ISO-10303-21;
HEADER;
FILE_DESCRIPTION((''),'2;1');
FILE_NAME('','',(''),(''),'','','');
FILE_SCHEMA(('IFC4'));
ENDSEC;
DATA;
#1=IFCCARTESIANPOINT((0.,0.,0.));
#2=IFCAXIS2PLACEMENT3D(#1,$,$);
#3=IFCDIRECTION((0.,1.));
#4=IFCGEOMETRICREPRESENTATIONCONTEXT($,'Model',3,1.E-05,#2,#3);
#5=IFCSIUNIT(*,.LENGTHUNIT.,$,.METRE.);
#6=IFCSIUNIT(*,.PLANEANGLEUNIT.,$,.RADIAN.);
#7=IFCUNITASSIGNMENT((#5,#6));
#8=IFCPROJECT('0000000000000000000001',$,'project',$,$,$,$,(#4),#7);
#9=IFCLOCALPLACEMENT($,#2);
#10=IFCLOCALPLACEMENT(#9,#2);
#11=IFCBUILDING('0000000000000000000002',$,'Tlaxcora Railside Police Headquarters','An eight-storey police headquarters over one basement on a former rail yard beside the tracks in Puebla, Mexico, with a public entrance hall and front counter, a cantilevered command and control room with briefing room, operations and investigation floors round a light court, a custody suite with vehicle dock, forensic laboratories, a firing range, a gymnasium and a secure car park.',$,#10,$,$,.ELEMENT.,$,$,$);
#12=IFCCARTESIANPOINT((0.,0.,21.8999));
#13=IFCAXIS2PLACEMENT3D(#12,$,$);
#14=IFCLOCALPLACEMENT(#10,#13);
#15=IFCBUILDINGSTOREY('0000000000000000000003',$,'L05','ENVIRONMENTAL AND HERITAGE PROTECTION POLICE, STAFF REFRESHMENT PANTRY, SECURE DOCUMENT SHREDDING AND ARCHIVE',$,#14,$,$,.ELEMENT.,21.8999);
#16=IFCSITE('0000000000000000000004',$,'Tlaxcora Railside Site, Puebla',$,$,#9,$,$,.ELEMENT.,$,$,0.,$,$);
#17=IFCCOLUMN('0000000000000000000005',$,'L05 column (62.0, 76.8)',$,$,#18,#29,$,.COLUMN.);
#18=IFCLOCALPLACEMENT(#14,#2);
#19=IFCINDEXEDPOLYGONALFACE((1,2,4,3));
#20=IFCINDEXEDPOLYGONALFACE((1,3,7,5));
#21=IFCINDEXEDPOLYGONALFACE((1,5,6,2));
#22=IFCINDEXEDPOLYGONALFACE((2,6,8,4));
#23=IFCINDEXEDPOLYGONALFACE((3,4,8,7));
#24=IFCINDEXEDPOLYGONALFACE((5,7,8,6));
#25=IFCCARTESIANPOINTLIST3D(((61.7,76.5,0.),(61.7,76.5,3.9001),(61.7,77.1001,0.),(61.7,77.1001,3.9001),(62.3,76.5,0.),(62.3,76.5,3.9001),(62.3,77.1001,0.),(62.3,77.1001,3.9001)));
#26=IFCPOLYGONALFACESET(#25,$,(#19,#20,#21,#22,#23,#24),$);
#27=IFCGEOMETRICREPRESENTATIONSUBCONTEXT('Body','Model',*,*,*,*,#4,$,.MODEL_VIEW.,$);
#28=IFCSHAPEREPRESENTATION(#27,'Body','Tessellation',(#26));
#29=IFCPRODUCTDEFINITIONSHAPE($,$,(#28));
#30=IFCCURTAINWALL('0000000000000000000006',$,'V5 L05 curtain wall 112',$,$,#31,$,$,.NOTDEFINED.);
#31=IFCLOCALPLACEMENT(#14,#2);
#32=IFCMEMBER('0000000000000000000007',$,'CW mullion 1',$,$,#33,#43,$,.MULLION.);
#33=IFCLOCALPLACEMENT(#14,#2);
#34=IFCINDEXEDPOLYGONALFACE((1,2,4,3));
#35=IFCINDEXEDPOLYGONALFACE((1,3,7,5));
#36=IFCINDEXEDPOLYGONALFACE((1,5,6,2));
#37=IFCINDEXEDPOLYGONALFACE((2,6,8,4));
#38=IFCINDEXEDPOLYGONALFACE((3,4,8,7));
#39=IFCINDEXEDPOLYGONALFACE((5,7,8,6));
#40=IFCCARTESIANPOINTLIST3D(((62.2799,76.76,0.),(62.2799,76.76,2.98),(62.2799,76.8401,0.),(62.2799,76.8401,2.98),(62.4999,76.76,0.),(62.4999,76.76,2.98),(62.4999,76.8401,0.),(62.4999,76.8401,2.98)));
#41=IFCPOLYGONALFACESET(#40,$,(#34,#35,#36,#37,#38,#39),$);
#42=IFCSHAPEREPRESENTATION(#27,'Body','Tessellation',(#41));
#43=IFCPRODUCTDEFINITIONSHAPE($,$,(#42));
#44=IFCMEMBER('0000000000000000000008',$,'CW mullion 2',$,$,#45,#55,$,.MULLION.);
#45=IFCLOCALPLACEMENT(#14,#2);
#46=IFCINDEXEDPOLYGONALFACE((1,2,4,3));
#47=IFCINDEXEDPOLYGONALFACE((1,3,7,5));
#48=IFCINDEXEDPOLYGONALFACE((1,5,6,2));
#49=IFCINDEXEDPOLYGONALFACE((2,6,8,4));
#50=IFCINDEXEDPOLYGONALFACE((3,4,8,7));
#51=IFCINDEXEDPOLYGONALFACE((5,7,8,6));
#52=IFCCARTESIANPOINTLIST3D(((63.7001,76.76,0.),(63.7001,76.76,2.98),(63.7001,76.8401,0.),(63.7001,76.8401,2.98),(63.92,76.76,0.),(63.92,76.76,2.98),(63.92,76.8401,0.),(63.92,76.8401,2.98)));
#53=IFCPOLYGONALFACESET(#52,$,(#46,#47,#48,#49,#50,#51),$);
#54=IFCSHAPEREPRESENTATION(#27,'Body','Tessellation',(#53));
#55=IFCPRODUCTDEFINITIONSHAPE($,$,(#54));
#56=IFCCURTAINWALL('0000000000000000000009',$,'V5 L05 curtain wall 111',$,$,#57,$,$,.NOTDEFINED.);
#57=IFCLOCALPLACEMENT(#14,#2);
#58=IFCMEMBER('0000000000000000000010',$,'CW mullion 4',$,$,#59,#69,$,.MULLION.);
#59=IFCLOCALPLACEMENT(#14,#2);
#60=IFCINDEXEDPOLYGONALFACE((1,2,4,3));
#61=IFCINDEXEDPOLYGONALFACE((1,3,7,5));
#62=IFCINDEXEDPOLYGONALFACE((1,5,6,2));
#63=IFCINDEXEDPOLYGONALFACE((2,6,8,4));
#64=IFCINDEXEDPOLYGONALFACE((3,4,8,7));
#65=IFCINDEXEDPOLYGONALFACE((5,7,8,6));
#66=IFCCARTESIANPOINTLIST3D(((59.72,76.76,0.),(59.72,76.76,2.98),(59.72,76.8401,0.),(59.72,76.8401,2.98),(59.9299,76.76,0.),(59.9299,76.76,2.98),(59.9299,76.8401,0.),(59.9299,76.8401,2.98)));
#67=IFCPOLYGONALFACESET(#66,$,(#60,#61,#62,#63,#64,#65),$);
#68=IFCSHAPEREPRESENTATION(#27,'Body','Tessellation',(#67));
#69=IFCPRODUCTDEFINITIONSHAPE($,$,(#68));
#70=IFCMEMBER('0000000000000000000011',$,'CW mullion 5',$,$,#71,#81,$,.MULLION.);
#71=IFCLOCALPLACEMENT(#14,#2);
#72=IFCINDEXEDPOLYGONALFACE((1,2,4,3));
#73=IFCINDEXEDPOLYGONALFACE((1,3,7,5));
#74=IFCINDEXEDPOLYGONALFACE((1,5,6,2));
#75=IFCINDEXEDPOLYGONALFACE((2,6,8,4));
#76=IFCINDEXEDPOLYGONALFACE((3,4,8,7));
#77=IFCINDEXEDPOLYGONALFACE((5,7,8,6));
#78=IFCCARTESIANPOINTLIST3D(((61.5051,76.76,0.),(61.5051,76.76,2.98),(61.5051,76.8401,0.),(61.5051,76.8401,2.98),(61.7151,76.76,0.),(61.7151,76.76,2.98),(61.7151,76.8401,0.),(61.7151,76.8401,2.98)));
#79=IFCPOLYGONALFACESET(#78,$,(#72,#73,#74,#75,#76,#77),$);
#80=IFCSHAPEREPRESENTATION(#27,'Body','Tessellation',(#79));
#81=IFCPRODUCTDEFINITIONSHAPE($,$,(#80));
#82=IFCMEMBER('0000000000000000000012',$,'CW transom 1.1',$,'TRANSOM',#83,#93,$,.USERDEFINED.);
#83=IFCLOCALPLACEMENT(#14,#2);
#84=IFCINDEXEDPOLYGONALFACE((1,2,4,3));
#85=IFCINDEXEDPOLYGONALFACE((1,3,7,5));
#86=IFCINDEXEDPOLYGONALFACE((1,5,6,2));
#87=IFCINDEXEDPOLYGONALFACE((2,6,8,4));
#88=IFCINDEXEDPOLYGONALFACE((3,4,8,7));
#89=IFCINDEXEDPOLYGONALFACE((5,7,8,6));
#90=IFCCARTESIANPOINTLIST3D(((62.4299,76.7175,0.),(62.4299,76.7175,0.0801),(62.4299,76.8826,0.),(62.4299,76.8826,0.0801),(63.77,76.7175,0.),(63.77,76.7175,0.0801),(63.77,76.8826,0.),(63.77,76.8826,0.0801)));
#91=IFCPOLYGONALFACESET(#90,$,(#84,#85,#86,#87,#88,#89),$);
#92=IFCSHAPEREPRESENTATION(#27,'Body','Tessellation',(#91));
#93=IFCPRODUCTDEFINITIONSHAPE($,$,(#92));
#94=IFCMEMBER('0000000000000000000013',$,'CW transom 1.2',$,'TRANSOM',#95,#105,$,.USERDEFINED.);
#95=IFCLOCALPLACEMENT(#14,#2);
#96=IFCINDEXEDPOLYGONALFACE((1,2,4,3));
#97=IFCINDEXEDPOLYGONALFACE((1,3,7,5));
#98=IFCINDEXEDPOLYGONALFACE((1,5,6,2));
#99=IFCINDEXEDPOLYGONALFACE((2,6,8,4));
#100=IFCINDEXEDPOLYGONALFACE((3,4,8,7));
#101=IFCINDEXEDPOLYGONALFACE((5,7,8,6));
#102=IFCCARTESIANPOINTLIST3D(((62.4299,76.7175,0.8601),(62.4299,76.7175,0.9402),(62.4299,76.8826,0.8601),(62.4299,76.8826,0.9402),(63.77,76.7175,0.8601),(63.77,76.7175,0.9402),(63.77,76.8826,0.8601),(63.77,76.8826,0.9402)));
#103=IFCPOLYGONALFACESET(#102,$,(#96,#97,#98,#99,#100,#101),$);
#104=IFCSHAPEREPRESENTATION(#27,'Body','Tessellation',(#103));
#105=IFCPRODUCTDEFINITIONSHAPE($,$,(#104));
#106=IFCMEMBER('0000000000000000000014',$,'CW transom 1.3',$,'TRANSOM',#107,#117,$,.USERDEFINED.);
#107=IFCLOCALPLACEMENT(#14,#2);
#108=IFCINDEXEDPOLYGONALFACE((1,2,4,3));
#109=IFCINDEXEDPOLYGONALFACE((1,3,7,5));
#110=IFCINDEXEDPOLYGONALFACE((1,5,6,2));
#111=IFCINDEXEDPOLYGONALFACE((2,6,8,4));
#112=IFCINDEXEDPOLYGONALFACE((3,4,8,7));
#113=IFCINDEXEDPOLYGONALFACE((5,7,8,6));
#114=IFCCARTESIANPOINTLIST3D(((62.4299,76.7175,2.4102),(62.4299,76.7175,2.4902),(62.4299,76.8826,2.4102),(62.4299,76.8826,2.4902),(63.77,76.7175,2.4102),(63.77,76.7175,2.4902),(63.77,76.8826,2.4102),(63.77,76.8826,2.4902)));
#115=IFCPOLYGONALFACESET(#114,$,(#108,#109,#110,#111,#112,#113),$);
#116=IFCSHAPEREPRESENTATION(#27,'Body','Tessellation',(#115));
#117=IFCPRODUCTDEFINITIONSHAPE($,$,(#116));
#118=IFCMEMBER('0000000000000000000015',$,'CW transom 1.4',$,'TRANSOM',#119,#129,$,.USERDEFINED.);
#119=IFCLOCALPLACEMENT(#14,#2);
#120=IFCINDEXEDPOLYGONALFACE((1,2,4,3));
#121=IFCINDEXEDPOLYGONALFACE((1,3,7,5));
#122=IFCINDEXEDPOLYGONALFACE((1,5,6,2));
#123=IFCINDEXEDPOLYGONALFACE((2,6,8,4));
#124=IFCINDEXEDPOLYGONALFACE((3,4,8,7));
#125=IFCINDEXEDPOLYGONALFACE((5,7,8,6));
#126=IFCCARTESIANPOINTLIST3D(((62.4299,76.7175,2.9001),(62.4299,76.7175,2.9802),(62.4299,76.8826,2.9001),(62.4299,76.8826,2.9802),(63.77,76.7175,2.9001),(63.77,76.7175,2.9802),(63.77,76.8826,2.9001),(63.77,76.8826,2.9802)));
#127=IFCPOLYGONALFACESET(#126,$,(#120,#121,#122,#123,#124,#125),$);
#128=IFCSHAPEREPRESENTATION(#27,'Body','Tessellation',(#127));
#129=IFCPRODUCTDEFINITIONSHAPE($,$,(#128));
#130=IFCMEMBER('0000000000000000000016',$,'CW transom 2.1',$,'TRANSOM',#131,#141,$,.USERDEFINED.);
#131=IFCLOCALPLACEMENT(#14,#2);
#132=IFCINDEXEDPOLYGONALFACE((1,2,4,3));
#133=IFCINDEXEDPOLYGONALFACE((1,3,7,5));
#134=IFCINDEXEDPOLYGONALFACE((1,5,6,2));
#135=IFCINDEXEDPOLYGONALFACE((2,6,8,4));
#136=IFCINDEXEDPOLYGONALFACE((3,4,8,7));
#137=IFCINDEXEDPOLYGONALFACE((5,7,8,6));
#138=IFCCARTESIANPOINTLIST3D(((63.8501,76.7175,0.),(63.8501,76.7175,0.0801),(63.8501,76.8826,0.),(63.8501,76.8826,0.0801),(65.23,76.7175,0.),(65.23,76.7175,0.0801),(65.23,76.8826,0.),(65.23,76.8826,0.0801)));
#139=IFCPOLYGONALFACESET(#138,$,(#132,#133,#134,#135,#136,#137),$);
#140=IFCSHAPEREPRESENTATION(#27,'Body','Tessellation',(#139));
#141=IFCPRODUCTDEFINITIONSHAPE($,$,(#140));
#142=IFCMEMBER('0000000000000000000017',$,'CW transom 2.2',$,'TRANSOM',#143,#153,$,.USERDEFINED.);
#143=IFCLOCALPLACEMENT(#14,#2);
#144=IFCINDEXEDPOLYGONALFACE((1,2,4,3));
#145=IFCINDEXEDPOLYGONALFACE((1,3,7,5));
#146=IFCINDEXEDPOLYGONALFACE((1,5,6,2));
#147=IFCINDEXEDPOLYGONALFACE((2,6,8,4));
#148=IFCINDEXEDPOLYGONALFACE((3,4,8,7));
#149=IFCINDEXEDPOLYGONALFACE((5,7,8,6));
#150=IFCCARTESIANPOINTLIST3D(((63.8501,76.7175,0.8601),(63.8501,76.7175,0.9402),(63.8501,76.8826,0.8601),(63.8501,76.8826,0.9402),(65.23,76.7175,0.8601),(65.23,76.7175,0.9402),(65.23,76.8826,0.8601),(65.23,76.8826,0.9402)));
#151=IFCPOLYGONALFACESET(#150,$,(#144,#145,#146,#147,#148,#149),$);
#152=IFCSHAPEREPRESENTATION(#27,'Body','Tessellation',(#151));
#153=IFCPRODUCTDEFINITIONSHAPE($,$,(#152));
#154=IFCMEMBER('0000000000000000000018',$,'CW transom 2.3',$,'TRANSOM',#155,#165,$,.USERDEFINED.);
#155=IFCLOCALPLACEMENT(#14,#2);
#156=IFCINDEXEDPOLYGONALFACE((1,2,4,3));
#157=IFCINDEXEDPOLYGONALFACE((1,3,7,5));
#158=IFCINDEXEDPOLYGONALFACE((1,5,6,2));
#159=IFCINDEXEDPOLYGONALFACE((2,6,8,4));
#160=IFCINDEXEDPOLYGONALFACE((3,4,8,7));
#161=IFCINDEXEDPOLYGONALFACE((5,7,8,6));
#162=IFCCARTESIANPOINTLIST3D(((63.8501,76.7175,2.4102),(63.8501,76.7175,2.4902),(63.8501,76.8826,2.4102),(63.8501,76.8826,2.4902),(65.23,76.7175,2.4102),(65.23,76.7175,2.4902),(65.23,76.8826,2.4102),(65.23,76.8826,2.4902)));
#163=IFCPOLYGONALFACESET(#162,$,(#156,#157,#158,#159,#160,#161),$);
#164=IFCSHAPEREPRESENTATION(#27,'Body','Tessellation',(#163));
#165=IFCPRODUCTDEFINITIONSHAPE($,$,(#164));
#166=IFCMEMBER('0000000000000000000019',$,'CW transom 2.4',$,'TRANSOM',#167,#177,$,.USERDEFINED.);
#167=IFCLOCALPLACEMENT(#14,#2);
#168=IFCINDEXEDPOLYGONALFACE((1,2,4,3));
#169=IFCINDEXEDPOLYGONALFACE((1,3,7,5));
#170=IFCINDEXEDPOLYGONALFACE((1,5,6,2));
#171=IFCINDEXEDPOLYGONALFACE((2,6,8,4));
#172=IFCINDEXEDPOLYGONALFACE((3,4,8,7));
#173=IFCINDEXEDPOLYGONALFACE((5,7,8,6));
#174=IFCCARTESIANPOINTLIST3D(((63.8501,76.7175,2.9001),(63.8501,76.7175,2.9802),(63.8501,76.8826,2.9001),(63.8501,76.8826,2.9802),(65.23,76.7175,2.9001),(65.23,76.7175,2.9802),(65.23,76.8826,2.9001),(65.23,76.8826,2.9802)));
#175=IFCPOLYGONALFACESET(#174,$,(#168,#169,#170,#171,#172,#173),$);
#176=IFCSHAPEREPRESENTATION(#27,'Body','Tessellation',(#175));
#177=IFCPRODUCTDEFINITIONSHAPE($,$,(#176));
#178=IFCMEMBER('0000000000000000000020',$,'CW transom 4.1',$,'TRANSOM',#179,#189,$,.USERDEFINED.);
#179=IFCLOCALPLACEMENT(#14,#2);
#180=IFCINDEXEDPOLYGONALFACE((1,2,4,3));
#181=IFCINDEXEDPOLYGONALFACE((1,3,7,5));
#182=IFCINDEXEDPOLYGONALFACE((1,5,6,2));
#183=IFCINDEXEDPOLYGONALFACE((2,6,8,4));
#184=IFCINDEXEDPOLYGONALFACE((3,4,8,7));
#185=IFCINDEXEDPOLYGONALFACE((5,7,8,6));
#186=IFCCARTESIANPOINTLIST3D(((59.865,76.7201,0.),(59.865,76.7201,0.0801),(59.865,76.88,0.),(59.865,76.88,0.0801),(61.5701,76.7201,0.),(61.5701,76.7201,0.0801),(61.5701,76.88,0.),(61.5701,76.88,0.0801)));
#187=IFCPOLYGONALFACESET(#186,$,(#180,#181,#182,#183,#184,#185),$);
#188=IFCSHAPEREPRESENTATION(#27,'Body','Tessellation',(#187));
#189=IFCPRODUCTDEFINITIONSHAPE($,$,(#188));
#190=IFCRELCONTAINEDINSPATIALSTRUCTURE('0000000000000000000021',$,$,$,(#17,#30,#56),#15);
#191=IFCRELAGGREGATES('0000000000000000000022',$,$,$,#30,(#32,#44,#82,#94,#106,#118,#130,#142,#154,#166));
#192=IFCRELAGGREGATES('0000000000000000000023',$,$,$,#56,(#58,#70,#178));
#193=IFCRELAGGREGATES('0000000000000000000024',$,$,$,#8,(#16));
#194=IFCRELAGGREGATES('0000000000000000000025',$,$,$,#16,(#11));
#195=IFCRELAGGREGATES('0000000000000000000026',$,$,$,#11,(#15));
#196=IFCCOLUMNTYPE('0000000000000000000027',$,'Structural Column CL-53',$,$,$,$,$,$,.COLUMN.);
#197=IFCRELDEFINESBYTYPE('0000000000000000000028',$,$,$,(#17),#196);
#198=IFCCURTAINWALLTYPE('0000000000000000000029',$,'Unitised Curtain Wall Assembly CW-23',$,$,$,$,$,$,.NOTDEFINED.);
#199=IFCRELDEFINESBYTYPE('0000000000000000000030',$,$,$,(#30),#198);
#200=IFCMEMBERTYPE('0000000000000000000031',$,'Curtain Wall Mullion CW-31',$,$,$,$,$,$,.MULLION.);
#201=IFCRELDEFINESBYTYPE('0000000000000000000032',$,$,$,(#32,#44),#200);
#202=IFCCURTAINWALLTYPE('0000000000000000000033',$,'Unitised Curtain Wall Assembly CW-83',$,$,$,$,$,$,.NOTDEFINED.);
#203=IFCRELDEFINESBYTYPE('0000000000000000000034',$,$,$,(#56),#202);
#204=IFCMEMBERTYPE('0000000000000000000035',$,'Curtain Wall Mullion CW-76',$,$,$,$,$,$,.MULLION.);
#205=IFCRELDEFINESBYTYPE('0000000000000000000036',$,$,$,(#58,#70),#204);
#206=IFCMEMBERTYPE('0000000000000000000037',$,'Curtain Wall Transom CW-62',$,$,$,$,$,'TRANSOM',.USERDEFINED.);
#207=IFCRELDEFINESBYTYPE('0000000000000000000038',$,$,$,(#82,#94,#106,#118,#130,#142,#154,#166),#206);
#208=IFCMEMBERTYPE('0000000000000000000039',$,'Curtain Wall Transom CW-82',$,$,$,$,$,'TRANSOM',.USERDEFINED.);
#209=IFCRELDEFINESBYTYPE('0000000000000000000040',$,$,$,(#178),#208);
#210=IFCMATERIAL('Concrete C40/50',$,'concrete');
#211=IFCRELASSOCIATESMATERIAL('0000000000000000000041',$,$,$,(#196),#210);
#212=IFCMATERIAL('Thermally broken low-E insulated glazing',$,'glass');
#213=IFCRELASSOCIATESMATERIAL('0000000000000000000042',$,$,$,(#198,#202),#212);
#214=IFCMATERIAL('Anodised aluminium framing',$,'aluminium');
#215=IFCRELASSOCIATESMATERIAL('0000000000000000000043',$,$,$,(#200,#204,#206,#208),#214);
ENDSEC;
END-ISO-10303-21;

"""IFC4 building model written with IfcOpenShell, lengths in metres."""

from ifc_helpers import new_model, si_unit, direction, frame, origin, origin_2d, place, context, subcontext, project, spatial, rectangle, extrude, material, material_profile, profile_set, type_object, element, aggregate, save


model = new_model("IFC4")

# Units and contexts
model_context = context("Model", 3, precision=1e-05, world=origin(), true_north=direction((0.0, 1.0)))
body_context = subcontext(model_context, "Body", "Model", "MODEL_VIEW")
ifc_project = project(units=[si_unit("LENGTHUNIT", "METRE"), si_unit("PLANEANGLEUNIT", "RADIAN")], contexts=[model_context])

# Site, building, storey
site_placement = place(None, origin())
site = spatial("IfcSite", under=ifc_project, at=site_placement, Name="Tlaxcora Railside Site, Puebla", CompositionType="ELEMENT", RefElevation=0.0)
building_placement = place(site_placement, origin())
building = spatial("IfcBuilding", under=site, at=building_placement, Name="Tlaxcora Railside Police Headquarters", Description="An eight-storey police headquarters over one basement on a former rail yard beside the tracks in Puebla, Mexico, with a public entrance hall and front counter, a cantilevered command and control room with briefing room, operations and investigation floors round a light court, a custody suite with vehicle dock, forensic laboratories, a firing range, a gymnasium and a secure car park.", CompositionType="ELEMENT")
storey_placement = place(building_placement, frame((0.0, 0.0, 21.8999)))
storey = spatial("IfcBuildingStorey", under=building, at=storey_placement, Name="L05", Description="ENVIRONMENTAL AND HERITAGE PROTECTION POLICE, STAFF REFRESHMENT PANTRY, SECURE DOCUMENT SHREDDING AND ARCHIVE", CompositionType="ELEMENT", Elevation=21.8999)

# Column
ifc_material_1 = material(Name="Concrete C40/50", Category="concrete")
ifc_material_profile_1 = material_profile(ifc_material_1, rectangle(XDim=0.6001, YDim=0.6001, at=origin_2d()), Name="RC600X600")
ifc_profile_set_1 = profile_set([ifc_material_profile_1], Name="Concrete C40/50")
column_type = type_object("IfcColumnType", Name="Structural Column CL-53", PredefinedType="COLUMN", material=ifc_profile_set_1)
column_placement = place(storey_placement, frame((62.0, 76.8, 0.0), z_axis=(0.0, 0.0, 1.0), x_axis=(1.0, 0.0, 0.0)))
element("IfcColumn", 1, at=column_placement, inside=storey, type_object=column_type, Name="L05 column (62.0, 76.8)", PredefinedType="COLUMN", context=body_context, shape_type="SweptSolid", body=[
    extrude(rectangle(XDim=0.6001, YDim=0.6001, at=origin_2d()), origin(), (0.0, 0.0, 1.0), 3.9001),
])

# Curtain walls, members
ifc_material_2 = material(Name="Thermally broken low-E insulated glazing", Category="glass")
curtain_wall_type_1 = type_object("IfcCurtainWallType", Name="Unitised Curtain Wall Assembly CW-23", PredefinedType="NOTDEFINED", material=ifc_material_2)
curtain_wall_1_placement = place(storey_placement, origin())
curtain_wall_1 = element("IfcCurtainWall", 2, at=curtain_wall_1_placement, inside=storey, type_object=curtain_wall_type_1, Name="V5 L05 curtain wall 112", PredefinedType="NOTDEFINED")
ifc_material_3 = material(Name="Anodised aluminium framing", Category="aluminium")
ifc_material_profile_2 = material_profile(ifc_material_3, rectangle(XDim=0.0801, YDim=0.22, at=origin_2d()), Name="AL80X220")
ifc_profile_set_2 = profile_set([ifc_material_profile_2], Name="Anodised aluminium framing")
member_type_1 = type_object("IfcMemberType", Name="Curtain Wall Mullion CW-31", PredefinedType="MULLION", material=ifc_profile_set_2)
member_1_placement = place(storey_placement, frame((62.3899, 76.8, 0.0), z_axis=(0.0, 0.0, 1.0), x_axis=(0.0, 1.0, 0.0)))
member_1 = element("IfcMember", 3, at=member_1_placement, type_object=member_type_1, Name="CW mullion 1", PredefinedType="MULLION", context=body_context, shape_type="SweptSolid", body=[
    extrude(rectangle(XDim=0.0801, YDim=0.22, at=origin_2d()), origin(), (0.0, 0.0, 1.0), 2.98),
])
member_2_placement = place(storey_placement, frame((63.8101, 76.8, 0.0), z_axis=(0.0, 0.0, 1.0), x_axis=(0.0, 1.0, 0.0)))
member_2 = element("IfcMember", 4, at=member_2_placement, type_object=member_type_1, Name="CW mullion 2", PredefinedType="MULLION", context=body_context, shape_type="SweptSolid", body=[
    extrude(rectangle(XDim=0.0801, YDim=0.22, at=origin_2d()), origin(), (0.0, 0.0, 1.0), 2.98),
])
curtain_wall_type_2 = type_object("IfcCurtainWallType", Name="Unitised Curtain Wall Assembly CW-83", PredefinedType="NOTDEFINED", material=ifc_material_2)
curtain_wall_2_placement = place(storey_placement, origin())
curtain_wall_2 = element("IfcCurtainWall", 5, at=curtain_wall_2_placement, inside=storey, type_object=curtain_wall_type_2, Name="V5 L05 curtain wall 111", PredefinedType="NOTDEFINED")
ifc_material_profile_3 = material_profile(ifc_material_3, rectangle(XDim=0.0801, YDim=0.21, at=origin_2d()), Name="AL80X210")
ifc_profile_set_3 = profile_set([ifc_material_profile_3], Name="Anodised aluminium framing")
member_type_2 = type_object("IfcMemberType", Name="Curtain Wall Mullion CW-76", PredefinedType="MULLION", material=ifc_profile_set_3)
member_3_placement = place(storey_placement, frame((59.825, 76.8, 0.0), z_axis=(0.0, 0.0, 1.0), x_axis=(0.0, 1.0, 0.0)))
member_3 = element("IfcMember", 6, at=member_3_placement, type_object=member_type_2, Name="CW mullion 4", PredefinedType="MULLION", context=body_context, shape_type="SweptSolid", body=[
    extrude(rectangle(XDim=0.0801, YDim=0.21, at=origin_2d()), origin(), (0.0, 0.0, 1.0), 2.98),
])
member_4_placement = place(storey_placement, frame((61.6101, 76.8, 0.0), z_axis=(0.0, 0.0, 1.0), x_axis=(0.0, 1.0, 0.0)))
member_4 = element("IfcMember", 7, at=member_4_placement, type_object=member_type_2, Name="CW mullion 5", PredefinedType="MULLION", context=body_context, shape_type="SweptSolid", body=[
    extrude(rectangle(XDim=0.0801, YDim=0.21, at=origin_2d()), origin(), (0.0, 0.0, 1.0), 2.98),
])

# Members
ifc_material_profile_4 = material_profile(ifc_material_3, rectangle(XDim=0.165, YDim=0.0801, at=origin_2d()), Name="AL80X165")
ifc_profile_set_4 = profile_set([ifc_material_profile_4], Name="Anodised aluminium framing")
member_type_3 = type_object("IfcMemberType", Name="Curtain Wall Transom CW-62", ElementType="TRANSOM", PredefinedType="USERDEFINED", material=ifc_profile_set_4)
member_5_placement = place(storey_placement, frame((62.4299, 76.8, 0.04), z_axis=(1.0, 0.0, 0.0), x_axis=(0.0, 1.0, 0.0)))
member_5 = element("IfcMember", 8, at=member_5_placement, type_object=member_type_3, Name="CW transom 1.1", ObjectType="TRANSOM", PredefinedType="USERDEFINED", context=body_context, shape_type="SweptSolid", body=[
    extrude(rectangle(XDim=0.165, YDim=0.0801, at=origin_2d()), origin(), (0.0, 0.0, 1.0), 1.3401),
])
member_6_placement = place(storey_placement, frame((62.4299, 76.8, 0.9001), z_axis=(1.0, 0.0, 0.0), x_axis=(0.0, 1.0, 0.0)))
member_6 = element("IfcMember", 9, at=member_6_placement, type_object=member_type_3, Name="CW transom 1.2", ObjectType="TRANSOM", PredefinedType="USERDEFINED", context=body_context, shape_type="SweptSolid", body=[
    extrude(rectangle(XDim=0.165, YDim=0.0801, at=origin_2d()), origin(), (0.0, 0.0, 1.0), 1.3401),
])
member_7_placement = place(storey_placement, frame((62.4299, 76.8, 2.4502), z_axis=(1.0, 0.0, 0.0), x_axis=(0.0, 1.0, 0.0)))
member_7 = element("IfcMember", 10, at=member_7_placement, type_object=member_type_3, Name="CW transom 1.3", ObjectType="TRANSOM", PredefinedType="USERDEFINED", context=body_context, shape_type="SweptSolid", body=[
    extrude(rectangle(XDim=0.165, YDim=0.0801, at=origin_2d()), origin(), (0.0, 0.0, 1.0), 1.3401),
])
member_8_placement = place(storey_placement, frame((62.4299, 76.8, 2.9402), z_axis=(1.0, 0.0, 0.0), x_axis=(0.0, 1.0, 0.0)))
member_8 = element("IfcMember", 11, at=member_8_placement, type_object=member_type_3, Name="CW transom 1.4", ObjectType="TRANSOM", PredefinedType="USERDEFINED", context=body_context, shape_type="SweptSolid", body=[
    extrude(rectangle(XDim=0.165, YDim=0.0801, at=origin_2d()), origin(), (0.0, 0.0, 1.0), 1.3401),
])
member_9_placement = place(storey_placement, frame((63.8501, 76.8, 0.04), z_axis=(1.0, 0.0, 0.0), x_axis=(0.0, 1.0, 0.0)))
member_9 = element("IfcMember", 12, at=member_9_placement, type_object=member_type_3, Name="CW transom 2.1", ObjectType="TRANSOM", PredefinedType="USERDEFINED", context=body_context, shape_type="SweptSolid", body=[
    extrude(rectangle(XDim=0.165, YDim=0.0801, at=origin_2d()), origin(), (0.0, 0.0, 1.0), 1.3799),
])
member_10_placement = place(storey_placement, frame((63.8501, 76.8, 0.9001), z_axis=(1.0, 0.0, 0.0), x_axis=(0.0, 1.0, 0.0)))
member_10 = element("IfcMember", 13, at=member_10_placement, type_object=member_type_3, Name="CW transom 2.2", ObjectType="TRANSOM", PredefinedType="USERDEFINED", context=body_context, shape_type="SweptSolid", body=[
    extrude(rectangle(XDim=0.165, YDim=0.0801, at=origin_2d()), origin(), (0.0, 0.0, 1.0), 1.3799),
])
member_11_placement = place(storey_placement, frame((63.8501, 76.8, 2.4502), z_axis=(1.0, 0.0, 0.0), x_axis=(0.0, 1.0, 0.0)))
member_11 = element("IfcMember", 14, at=member_11_placement, type_object=member_type_3, Name="CW transom 2.3", ObjectType="TRANSOM", PredefinedType="USERDEFINED", context=body_context, shape_type="SweptSolid", body=[
    extrude(rectangle(XDim=0.165, YDim=0.0801, at=origin_2d()), origin(), (0.0, 0.0, 1.0), 1.3799),
])
member_12_placement = place(storey_placement, frame((63.8501, 76.8, 2.9402), z_axis=(1.0, 0.0, 0.0), x_axis=(0.0, 1.0, 0.0)))
member_12 = element("IfcMember", 15, at=member_12_placement, type_object=member_type_3, Name="CW transom 2.4", ObjectType="TRANSOM", PredefinedType="USERDEFINED", context=body_context, shape_type="SweptSolid", body=[
    extrude(rectangle(XDim=0.165, YDim=0.0801, at=origin_2d()), origin(), (0.0, 0.0, 1.0), 1.3799),
])
ifc_material_profile_5 = material_profile(ifc_material_3, rectangle(XDim=0.1599, YDim=0.0801, at=origin_2d()), Name="AL80X160")
ifc_profile_set_5 = profile_set([ifc_material_profile_5], Name="Anodised aluminium framing")
member_type_4 = type_object("IfcMemberType", Name="Curtain Wall Transom CW-82", ElementType="TRANSOM", PredefinedType="USERDEFINED", material=ifc_profile_set_5)
member_13_placement = place(storey_placement, frame((59.865, 76.8, 0.04), z_axis=(1.0, 0.0, 0.0), x_axis=(0.0, 1.0, 0.0)))
member_13 = element("IfcMember", 16, at=member_13_placement, type_object=member_type_4, Name="CW transom 4.1", ObjectType="TRANSOM", PredefinedType="USERDEFINED", context=body_context, shape_type="SweptSolid", body=[
    extrude(rectangle(XDim=0.1599, YDim=0.0801, at=origin_2d()), origin(), (0.0, 0.0, 1.0), 1.7051),
])

aggregate(curtain_wall_1, [member_1, member_2, member_5, member_6, member_7, member_8, member_9, member_10, member_11, member_12])
aggregate(curtain_wall_2, [member_3, member_4, member_13])

save(model, "model.ifc")
